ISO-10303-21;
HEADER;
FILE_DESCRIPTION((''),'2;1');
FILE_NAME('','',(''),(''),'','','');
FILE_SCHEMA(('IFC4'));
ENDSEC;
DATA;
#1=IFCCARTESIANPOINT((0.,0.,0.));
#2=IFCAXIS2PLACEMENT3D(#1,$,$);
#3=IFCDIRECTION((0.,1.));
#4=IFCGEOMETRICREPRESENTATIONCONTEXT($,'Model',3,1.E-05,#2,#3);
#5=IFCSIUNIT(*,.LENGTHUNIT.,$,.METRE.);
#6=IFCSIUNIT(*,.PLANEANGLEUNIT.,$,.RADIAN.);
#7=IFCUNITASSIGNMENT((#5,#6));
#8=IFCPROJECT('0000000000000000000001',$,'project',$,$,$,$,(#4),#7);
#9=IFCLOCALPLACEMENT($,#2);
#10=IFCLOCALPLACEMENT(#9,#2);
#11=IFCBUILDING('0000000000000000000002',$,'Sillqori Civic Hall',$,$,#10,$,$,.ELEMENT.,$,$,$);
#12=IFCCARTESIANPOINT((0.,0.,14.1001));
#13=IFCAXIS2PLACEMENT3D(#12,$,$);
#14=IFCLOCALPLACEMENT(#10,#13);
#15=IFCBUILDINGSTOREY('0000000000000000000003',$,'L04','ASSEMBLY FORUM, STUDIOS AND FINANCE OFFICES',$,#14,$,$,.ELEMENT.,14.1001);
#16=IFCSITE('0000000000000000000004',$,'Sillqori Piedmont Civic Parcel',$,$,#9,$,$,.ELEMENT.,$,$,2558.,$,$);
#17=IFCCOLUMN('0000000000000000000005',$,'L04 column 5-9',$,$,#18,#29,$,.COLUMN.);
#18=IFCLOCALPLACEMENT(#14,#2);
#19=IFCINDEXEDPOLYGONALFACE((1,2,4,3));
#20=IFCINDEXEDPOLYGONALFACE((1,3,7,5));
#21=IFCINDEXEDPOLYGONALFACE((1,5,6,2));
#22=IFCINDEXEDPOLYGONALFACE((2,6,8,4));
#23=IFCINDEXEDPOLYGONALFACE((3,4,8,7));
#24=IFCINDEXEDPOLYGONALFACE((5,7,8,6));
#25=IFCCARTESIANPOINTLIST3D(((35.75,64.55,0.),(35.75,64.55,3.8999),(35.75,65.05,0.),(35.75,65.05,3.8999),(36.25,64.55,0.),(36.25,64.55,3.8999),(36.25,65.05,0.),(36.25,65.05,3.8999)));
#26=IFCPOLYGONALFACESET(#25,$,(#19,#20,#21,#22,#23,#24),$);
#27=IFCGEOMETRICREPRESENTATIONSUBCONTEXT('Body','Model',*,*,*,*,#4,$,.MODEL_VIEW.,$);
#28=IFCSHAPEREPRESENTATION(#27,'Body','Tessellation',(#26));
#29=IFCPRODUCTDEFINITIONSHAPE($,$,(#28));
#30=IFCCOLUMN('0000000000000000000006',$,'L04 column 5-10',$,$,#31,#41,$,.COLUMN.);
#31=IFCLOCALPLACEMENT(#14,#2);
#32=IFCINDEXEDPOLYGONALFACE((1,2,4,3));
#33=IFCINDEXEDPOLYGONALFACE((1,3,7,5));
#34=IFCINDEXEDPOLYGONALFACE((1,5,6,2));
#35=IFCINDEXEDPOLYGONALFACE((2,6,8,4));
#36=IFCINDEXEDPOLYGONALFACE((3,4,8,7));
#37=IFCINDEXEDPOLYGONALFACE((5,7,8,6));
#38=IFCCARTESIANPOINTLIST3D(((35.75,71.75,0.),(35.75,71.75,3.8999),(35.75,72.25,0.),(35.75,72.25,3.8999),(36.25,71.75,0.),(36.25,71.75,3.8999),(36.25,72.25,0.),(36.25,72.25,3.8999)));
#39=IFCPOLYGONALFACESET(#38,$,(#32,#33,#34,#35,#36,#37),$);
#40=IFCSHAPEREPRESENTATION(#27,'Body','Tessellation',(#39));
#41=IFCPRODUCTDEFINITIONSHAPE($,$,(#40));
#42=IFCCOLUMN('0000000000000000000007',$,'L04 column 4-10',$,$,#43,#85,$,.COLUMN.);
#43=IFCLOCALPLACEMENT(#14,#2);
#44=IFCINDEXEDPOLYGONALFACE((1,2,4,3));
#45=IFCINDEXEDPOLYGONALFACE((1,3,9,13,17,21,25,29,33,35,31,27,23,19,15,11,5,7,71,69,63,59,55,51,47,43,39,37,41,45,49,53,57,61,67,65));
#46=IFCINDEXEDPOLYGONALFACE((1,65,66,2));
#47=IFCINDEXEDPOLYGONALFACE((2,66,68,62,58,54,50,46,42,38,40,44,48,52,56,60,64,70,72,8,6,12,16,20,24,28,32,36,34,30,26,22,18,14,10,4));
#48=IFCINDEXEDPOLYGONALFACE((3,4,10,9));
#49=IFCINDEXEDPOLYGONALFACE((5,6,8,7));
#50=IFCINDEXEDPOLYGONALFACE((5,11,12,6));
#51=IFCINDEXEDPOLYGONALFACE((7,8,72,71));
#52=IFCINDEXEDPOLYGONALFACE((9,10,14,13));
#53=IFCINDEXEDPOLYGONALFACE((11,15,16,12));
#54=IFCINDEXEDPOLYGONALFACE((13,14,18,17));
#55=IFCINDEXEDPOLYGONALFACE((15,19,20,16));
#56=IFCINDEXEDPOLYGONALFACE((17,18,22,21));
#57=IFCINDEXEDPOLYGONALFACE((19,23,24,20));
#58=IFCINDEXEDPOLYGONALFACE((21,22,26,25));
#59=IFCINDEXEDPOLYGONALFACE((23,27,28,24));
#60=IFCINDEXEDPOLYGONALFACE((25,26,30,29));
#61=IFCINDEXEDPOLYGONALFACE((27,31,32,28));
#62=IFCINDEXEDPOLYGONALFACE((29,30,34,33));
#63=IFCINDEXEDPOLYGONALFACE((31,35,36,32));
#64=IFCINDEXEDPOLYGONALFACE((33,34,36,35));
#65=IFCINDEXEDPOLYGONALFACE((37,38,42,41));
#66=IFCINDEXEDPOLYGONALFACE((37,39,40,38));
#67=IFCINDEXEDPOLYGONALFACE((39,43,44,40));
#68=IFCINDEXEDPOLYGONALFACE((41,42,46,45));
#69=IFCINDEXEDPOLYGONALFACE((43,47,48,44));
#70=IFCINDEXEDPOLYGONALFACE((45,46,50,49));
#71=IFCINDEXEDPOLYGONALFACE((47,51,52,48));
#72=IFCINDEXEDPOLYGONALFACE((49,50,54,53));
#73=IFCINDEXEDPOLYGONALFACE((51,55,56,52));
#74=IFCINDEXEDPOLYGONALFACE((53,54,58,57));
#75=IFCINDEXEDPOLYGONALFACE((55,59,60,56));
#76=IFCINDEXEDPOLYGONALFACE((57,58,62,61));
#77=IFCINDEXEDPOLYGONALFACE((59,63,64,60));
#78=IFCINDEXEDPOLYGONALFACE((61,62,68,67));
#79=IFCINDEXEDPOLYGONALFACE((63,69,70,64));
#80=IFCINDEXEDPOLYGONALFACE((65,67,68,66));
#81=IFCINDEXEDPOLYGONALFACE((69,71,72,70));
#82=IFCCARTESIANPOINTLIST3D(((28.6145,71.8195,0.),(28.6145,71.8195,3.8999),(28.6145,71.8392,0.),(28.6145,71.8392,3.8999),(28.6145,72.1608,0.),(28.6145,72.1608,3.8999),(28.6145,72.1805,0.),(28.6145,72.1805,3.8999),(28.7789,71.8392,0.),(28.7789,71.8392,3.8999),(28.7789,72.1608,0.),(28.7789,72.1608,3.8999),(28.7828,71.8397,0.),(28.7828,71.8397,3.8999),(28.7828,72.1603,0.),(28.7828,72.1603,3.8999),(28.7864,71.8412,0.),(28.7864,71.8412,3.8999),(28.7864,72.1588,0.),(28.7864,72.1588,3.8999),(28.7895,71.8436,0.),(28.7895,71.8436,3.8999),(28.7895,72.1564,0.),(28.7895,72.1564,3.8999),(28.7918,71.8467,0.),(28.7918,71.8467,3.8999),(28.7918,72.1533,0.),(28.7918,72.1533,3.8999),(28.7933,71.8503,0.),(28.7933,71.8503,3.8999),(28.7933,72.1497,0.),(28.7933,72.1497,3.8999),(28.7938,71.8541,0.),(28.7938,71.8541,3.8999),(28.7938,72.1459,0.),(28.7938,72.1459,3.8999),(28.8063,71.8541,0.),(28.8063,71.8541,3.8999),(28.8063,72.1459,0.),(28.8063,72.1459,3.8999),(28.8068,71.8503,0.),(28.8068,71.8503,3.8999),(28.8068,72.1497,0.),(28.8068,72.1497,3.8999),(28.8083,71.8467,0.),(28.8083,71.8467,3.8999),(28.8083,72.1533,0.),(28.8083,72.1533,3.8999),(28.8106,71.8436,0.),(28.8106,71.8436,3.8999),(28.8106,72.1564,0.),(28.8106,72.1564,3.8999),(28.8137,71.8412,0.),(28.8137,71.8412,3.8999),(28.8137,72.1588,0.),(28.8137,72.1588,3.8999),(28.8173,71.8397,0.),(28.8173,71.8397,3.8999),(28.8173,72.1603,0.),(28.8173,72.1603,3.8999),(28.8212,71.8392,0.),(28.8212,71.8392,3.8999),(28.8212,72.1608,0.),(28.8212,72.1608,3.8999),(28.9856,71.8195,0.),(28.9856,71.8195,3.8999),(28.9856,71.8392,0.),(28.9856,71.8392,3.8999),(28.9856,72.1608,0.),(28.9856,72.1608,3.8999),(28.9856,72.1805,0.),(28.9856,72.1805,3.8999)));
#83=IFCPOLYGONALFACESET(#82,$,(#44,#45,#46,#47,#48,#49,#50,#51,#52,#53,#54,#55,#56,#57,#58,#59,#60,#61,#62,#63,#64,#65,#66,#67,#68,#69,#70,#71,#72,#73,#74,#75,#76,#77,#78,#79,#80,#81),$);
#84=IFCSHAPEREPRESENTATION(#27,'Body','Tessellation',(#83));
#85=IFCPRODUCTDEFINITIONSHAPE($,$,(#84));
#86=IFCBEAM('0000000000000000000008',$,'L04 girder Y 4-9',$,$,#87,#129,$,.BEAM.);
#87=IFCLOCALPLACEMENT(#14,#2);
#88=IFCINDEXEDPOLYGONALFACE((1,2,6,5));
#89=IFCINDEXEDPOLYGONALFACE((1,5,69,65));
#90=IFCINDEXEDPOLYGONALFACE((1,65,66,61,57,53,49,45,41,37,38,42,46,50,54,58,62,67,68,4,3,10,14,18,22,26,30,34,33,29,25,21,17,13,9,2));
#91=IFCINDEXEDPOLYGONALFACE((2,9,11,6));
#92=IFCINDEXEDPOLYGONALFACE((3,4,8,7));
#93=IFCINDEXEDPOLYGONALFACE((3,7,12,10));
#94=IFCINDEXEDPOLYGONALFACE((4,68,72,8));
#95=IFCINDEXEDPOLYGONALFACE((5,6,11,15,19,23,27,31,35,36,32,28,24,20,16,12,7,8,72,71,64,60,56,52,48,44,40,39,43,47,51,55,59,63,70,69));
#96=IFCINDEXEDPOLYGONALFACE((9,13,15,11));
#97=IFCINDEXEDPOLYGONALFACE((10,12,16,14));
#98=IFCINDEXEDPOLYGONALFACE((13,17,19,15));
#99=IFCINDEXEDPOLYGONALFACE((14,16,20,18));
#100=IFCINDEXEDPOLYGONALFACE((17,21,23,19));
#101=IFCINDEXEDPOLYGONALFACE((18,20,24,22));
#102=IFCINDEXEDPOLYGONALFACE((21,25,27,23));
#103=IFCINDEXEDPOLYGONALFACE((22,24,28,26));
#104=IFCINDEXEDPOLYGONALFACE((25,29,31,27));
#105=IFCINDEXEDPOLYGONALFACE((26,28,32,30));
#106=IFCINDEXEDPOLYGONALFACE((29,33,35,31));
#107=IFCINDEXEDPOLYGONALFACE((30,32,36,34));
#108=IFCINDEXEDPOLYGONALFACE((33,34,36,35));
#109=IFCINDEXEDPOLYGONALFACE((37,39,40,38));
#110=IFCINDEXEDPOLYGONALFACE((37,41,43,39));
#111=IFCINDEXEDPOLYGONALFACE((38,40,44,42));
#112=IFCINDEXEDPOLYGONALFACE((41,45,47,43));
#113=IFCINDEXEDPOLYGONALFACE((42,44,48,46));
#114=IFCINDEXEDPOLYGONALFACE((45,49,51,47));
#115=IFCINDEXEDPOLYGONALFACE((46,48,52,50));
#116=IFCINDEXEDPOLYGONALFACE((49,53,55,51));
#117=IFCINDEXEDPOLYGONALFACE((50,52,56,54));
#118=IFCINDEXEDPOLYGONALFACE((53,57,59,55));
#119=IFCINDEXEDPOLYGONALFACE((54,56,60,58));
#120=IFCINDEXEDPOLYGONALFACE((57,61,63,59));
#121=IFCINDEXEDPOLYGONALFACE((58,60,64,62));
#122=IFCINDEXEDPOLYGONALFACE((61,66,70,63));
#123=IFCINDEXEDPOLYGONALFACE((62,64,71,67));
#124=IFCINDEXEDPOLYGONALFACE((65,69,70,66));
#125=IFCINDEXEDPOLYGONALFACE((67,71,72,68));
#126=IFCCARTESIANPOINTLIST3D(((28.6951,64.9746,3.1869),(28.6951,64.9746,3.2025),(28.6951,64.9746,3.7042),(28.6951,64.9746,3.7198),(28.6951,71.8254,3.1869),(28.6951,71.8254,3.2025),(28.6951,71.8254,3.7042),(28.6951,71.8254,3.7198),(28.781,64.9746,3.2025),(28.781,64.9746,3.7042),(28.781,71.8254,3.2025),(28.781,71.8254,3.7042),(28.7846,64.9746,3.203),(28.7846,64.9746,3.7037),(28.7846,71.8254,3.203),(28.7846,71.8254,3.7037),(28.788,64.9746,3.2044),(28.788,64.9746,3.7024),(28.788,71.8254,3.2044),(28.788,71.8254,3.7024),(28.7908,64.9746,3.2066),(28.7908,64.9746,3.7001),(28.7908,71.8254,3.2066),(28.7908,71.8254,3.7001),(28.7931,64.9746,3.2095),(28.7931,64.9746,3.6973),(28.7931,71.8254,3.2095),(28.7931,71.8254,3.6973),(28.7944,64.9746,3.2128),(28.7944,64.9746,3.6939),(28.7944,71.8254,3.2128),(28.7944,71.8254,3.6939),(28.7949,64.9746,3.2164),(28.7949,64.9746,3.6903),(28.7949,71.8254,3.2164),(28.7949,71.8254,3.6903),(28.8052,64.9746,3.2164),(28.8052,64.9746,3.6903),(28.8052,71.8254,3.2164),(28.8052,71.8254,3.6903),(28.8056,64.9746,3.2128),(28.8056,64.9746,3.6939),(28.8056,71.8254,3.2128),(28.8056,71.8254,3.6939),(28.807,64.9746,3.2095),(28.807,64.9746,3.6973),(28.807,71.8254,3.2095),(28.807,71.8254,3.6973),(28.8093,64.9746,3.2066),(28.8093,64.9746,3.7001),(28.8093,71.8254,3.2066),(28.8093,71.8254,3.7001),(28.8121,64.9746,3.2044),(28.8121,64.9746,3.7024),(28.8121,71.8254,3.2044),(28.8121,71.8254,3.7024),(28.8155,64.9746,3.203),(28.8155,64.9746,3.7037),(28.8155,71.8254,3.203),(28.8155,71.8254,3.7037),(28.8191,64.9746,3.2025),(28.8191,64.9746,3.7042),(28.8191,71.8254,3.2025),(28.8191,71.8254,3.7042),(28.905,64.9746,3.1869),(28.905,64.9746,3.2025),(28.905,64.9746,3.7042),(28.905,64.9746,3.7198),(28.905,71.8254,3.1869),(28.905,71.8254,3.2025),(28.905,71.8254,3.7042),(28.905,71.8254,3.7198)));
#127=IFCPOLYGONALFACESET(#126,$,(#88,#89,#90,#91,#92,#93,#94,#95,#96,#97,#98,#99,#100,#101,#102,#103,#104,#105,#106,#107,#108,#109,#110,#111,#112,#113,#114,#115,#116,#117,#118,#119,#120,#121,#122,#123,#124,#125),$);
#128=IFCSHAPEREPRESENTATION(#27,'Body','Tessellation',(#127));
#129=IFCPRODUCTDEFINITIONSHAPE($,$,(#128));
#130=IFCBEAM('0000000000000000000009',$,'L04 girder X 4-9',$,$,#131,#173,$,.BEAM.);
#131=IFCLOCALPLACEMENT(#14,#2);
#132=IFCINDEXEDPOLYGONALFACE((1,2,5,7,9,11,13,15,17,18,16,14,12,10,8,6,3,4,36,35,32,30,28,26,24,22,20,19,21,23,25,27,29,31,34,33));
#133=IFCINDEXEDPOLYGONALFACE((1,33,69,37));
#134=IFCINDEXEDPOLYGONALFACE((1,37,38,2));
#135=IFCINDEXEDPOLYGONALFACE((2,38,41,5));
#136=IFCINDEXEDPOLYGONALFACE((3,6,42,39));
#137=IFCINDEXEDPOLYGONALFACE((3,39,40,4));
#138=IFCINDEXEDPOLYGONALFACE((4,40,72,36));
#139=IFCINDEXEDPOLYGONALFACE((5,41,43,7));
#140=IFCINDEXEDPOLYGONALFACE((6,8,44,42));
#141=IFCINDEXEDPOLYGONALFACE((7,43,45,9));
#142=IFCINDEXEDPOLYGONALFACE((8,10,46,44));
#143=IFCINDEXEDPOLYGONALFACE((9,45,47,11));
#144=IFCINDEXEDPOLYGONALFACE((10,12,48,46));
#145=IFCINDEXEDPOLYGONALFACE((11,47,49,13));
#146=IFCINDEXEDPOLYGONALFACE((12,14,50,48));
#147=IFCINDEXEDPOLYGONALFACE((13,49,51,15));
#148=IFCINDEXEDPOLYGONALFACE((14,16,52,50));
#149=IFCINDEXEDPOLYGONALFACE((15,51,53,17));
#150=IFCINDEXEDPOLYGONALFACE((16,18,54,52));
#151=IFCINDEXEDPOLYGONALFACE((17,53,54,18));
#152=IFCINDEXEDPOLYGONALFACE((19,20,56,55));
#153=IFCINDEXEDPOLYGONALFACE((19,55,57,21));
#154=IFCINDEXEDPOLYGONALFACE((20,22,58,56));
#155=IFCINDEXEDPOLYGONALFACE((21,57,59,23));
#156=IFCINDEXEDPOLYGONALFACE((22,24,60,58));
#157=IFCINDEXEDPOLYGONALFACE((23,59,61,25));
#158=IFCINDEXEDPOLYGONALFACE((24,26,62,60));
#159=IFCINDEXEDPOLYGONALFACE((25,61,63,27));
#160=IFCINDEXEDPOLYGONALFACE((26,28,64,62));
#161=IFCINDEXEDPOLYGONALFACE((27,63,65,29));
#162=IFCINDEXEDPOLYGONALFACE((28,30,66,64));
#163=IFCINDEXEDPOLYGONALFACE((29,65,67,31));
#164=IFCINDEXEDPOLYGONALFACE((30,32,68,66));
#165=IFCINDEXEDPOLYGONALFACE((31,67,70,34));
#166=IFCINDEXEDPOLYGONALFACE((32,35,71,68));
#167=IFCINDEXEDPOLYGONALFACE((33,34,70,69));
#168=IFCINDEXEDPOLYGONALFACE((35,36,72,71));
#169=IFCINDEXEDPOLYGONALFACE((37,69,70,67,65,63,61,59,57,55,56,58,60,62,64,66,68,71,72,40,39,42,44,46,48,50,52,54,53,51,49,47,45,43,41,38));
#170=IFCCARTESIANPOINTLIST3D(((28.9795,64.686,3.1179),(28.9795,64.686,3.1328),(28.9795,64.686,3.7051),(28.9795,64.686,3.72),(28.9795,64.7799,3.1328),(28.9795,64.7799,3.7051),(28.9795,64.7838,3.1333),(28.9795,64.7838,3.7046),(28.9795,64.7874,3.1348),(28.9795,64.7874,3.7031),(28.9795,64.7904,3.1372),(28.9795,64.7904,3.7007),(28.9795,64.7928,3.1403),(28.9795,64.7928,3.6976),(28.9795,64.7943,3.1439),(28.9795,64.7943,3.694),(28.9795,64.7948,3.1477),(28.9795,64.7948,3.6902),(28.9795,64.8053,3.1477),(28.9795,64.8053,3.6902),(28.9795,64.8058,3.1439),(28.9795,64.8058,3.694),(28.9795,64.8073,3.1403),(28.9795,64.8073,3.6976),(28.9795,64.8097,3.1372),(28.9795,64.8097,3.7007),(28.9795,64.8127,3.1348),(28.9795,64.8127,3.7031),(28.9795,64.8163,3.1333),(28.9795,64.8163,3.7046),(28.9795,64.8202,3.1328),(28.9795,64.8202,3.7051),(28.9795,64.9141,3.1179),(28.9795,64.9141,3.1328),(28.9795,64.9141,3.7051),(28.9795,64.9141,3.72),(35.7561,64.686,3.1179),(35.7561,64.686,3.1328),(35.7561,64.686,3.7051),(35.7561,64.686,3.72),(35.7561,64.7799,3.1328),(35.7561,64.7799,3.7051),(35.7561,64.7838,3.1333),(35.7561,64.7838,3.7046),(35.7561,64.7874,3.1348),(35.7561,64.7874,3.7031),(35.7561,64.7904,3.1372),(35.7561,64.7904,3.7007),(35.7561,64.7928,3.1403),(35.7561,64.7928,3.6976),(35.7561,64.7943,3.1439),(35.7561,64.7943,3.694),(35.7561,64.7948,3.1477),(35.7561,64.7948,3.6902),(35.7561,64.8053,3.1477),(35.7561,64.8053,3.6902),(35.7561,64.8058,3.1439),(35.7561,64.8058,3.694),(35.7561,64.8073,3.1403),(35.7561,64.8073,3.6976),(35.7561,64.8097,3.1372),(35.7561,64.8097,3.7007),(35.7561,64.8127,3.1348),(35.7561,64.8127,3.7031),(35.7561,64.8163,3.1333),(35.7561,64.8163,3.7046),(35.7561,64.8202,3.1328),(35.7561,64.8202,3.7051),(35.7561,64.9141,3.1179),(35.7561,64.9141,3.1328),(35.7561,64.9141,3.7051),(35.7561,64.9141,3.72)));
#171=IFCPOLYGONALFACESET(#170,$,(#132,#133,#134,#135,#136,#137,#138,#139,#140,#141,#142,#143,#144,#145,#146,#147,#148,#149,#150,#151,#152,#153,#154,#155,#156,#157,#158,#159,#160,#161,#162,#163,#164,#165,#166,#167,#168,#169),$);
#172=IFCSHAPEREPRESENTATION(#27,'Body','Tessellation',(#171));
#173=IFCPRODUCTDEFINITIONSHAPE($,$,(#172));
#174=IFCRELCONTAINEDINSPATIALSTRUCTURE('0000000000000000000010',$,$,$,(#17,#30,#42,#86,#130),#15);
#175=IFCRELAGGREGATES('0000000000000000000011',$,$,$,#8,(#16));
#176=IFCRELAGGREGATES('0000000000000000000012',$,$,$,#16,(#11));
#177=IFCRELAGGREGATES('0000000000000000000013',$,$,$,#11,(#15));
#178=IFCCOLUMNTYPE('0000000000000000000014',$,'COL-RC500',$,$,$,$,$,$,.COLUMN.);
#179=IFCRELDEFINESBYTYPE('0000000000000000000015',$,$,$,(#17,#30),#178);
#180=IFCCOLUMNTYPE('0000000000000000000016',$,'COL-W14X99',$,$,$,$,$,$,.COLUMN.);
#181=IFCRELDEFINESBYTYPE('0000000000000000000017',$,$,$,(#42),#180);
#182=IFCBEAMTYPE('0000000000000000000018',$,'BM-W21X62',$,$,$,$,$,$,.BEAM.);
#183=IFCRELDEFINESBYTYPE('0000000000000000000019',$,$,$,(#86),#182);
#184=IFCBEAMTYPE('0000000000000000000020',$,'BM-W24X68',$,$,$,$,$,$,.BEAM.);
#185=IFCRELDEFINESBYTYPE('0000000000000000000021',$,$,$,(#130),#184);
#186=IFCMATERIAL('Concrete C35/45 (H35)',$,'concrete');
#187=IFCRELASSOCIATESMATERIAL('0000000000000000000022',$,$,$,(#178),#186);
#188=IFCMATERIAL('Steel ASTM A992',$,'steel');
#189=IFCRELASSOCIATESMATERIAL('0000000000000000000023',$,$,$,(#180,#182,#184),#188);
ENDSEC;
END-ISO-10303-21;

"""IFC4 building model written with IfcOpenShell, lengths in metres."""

from ifc_helpers import new_model, si_unit, direction, frame, origin, origin_2d, place, context, subcontext, project, spatial, rectangle, i_section, extrude, material, material_profile, profile_set, type_object, element, save


model = new_model("IFC4")

# Units and contexts
model_context = context("Model", 3, precision=1e-05, world=origin(), true_north=direction((0.0, 1.0)))
body_context = subcontext(model_context, "Body", "Model", "MODEL_VIEW")
ifc_project = project(units=[si_unit("LENGTHUNIT", "METRE"), si_unit("PLANEANGLEUNIT", "RADIAN")], contexts=[model_context])

# Site, building, storey
site_placement = place(None, origin())
site = spatial("IfcSite", under=ifc_project, at=site_placement, Name="Sillqori Piedmont Civic Parcel", CompositionType="ELEMENT", RefElevation=2558.0)
building_placement = place(site_placement, origin())
building = spatial("IfcBuilding", under=site, at=building_placement, Name="Sillqori Civic Hall", CompositionType="ELEMENT")
storey_placement = place(building_placement, frame((0.0, 0.0, 14.1001)))
storey = spatial("IfcBuildingStorey", under=building, at=storey_placement, Name="L04", Description="ASSEMBLY FORUM, STUDIOS AND FINANCE OFFICES", CompositionType="ELEMENT", Elevation=14.1001)

# Columns
ifc_material_1 = material(Name="Concrete C35/45 (H35)", Category="concrete")
ifc_material_profile_1 = material_profile(ifc_material_1, rectangle(XDim=0.5, YDim=0.5, at=origin_2d()), Name="RC 500x500")
ifc_profile_set_1 = profile_set([ifc_material_profile_1], Name="Concrete C35/45 (H35)")
column_type_1 = type_object("IfcColumnType", Name="COL-RC500", PredefinedType="COLUMN", material=ifc_profile_set_1)
for number, where, z_axis, x_axis, name in (
    (1, (36.0, 64.8, 0.0), (0.0, 0.0, 1.0), (1.0, 0.0, 0.0), "L04 column 5-9"),
    (2, (36.0, 72.0, 0.0), (0.0, 0.0, 1.0), (1.0, 0.0, 0.0), "L04 column 5-10"),
):
    element("IfcColumn", number, at=place(storey_placement, frame(where, z_axis=z_axis, x_axis=x_axis)), inside=storey, type_object=column_type_1, Name=name, PredefinedType="COLUMN", context=body_context, shape_type="SweptSolid", body=[
        extrude(rectangle(XDim=0.5, YDim=0.5, at=origin_2d()), origin(), (0.0, 0.0, 1.0), 3.8999),
    ])
ifc_material_2 = material(Name="Steel ASTM A992", Category="steel")
ifc_material_profile_2 = material_profile(ifc_material_2, i_section(OverallWidth=0.3711, OverallDepth=0.3611, WebThickness=0.0125, FlangeThickness=0.0198, FilletRadius=0.0149, at=origin_2d()), Name="W14X99")
ifc_profile_set_2 = profile_set([ifc_material_profile_2], Name="Steel ASTM A992")
column_type_2 = type_object("IfcColumnType", Name="COL-W14X99", PredefinedType="COLUMN", material=ifc_profile_set_2)
column_placement = place(storey_placement, frame((28.8, 72.0, 0.0), z_axis=(0.0, 0.0, 1.0), x_axis=(1.0, 0.0, 0.0)))
element("IfcColumn", 3, at=column_placement, inside=storey, type_object=column_type_2, Name="L04 column 4-10", PredefinedType="COLUMN", context=body_context, shape_type="SweptSolid", body=[
    extrude(i_section(OverallWidth=0.3711, OverallDepth=0.3611, WebThickness=0.0125, FlangeThickness=0.0198, FilletRadius=0.0149, at=origin_2d()), origin(), (0.0, 0.0, 1.0), 3.8999),
])

# Beams
ifc_material_profile_3 = material_profile(ifc_material_2, i_section(OverallWidth=0.21, OverallDepth=0.533, WebThickness=0.0103, FlangeThickness=0.0156, FilletRadius=0.0139, at=origin_2d()), Name="W21X62")
ifc_profile_set_3 = profile_set([ifc_material_profile_3], Name="Steel ASTM A992")
beam_type_1 = type_object("IfcBeamType", Name="BM-W21X62", PredefinedType="BEAM", material=ifc_profile_set_3)
beam_1_placement = place(storey_placement, frame((28.8, 64.9746, 3.4534), z_axis=(0.0, 1.0, 0.0), x_axis=(-1.0, 0.0, 0.0)))
element("IfcBeam", 4, at=beam_1_placement, inside=storey, type_object=beam_type_1, Name="L04 girder Y 4-9", PredefinedType="BEAM", context=body_context, shape_type="SweptSolid", body=[
    extrude(i_section(OverallWidth=0.21, OverallDepth=0.533, WebThickness=0.0103, FlangeThickness=0.0156, FilletRadius=0.0139, at=origin_2d()), origin(), (0.0, 0.0, 1.0), 6.8508),
])
ifc_material_profile_4 = material_profile(ifc_material_2, i_section(OverallWidth=0.228, OverallDepth=0.6021, WebThickness=0.0105, FlangeThickness=0.0149, FilletRadius=0.0149, at=origin_2d()), Name="W24X68")
ifc_profile_set_4 = profile_set([ifc_material_profile_4], Name="Steel ASTM A992")
beam_type_2 = type_object("IfcBeamType", Name="BM-W24X68", PredefinedType="BEAM", material=ifc_profile_set_4)
for number, where, z_axis, x_axis, name in (
    (5, (28.9795, 64.8, 3.4189), (1.0, 0.0, 0.0), (0.0, 1.0, 0.0), "L04 girder X 4-9"),
):
    element("IfcBeam", number, at=place(storey_placement, frame(where, z_axis=z_axis, x_axis=x_axis)), inside=storey, type_object=beam_type_2, Name=name, PredefinedType="BEAM", context=body_context, shape_type="SweptSolid", body=[
        extrude(i_section(OverallWidth=0.228, OverallDepth=0.6021, WebThickness=0.0105, FlangeThickness=0.0149, FilletRadius=0.0149, at=origin_2d()), origin(), (0.0, 0.0, 1.0), 6.7766),
    ])

save(model, "model.ifc")
